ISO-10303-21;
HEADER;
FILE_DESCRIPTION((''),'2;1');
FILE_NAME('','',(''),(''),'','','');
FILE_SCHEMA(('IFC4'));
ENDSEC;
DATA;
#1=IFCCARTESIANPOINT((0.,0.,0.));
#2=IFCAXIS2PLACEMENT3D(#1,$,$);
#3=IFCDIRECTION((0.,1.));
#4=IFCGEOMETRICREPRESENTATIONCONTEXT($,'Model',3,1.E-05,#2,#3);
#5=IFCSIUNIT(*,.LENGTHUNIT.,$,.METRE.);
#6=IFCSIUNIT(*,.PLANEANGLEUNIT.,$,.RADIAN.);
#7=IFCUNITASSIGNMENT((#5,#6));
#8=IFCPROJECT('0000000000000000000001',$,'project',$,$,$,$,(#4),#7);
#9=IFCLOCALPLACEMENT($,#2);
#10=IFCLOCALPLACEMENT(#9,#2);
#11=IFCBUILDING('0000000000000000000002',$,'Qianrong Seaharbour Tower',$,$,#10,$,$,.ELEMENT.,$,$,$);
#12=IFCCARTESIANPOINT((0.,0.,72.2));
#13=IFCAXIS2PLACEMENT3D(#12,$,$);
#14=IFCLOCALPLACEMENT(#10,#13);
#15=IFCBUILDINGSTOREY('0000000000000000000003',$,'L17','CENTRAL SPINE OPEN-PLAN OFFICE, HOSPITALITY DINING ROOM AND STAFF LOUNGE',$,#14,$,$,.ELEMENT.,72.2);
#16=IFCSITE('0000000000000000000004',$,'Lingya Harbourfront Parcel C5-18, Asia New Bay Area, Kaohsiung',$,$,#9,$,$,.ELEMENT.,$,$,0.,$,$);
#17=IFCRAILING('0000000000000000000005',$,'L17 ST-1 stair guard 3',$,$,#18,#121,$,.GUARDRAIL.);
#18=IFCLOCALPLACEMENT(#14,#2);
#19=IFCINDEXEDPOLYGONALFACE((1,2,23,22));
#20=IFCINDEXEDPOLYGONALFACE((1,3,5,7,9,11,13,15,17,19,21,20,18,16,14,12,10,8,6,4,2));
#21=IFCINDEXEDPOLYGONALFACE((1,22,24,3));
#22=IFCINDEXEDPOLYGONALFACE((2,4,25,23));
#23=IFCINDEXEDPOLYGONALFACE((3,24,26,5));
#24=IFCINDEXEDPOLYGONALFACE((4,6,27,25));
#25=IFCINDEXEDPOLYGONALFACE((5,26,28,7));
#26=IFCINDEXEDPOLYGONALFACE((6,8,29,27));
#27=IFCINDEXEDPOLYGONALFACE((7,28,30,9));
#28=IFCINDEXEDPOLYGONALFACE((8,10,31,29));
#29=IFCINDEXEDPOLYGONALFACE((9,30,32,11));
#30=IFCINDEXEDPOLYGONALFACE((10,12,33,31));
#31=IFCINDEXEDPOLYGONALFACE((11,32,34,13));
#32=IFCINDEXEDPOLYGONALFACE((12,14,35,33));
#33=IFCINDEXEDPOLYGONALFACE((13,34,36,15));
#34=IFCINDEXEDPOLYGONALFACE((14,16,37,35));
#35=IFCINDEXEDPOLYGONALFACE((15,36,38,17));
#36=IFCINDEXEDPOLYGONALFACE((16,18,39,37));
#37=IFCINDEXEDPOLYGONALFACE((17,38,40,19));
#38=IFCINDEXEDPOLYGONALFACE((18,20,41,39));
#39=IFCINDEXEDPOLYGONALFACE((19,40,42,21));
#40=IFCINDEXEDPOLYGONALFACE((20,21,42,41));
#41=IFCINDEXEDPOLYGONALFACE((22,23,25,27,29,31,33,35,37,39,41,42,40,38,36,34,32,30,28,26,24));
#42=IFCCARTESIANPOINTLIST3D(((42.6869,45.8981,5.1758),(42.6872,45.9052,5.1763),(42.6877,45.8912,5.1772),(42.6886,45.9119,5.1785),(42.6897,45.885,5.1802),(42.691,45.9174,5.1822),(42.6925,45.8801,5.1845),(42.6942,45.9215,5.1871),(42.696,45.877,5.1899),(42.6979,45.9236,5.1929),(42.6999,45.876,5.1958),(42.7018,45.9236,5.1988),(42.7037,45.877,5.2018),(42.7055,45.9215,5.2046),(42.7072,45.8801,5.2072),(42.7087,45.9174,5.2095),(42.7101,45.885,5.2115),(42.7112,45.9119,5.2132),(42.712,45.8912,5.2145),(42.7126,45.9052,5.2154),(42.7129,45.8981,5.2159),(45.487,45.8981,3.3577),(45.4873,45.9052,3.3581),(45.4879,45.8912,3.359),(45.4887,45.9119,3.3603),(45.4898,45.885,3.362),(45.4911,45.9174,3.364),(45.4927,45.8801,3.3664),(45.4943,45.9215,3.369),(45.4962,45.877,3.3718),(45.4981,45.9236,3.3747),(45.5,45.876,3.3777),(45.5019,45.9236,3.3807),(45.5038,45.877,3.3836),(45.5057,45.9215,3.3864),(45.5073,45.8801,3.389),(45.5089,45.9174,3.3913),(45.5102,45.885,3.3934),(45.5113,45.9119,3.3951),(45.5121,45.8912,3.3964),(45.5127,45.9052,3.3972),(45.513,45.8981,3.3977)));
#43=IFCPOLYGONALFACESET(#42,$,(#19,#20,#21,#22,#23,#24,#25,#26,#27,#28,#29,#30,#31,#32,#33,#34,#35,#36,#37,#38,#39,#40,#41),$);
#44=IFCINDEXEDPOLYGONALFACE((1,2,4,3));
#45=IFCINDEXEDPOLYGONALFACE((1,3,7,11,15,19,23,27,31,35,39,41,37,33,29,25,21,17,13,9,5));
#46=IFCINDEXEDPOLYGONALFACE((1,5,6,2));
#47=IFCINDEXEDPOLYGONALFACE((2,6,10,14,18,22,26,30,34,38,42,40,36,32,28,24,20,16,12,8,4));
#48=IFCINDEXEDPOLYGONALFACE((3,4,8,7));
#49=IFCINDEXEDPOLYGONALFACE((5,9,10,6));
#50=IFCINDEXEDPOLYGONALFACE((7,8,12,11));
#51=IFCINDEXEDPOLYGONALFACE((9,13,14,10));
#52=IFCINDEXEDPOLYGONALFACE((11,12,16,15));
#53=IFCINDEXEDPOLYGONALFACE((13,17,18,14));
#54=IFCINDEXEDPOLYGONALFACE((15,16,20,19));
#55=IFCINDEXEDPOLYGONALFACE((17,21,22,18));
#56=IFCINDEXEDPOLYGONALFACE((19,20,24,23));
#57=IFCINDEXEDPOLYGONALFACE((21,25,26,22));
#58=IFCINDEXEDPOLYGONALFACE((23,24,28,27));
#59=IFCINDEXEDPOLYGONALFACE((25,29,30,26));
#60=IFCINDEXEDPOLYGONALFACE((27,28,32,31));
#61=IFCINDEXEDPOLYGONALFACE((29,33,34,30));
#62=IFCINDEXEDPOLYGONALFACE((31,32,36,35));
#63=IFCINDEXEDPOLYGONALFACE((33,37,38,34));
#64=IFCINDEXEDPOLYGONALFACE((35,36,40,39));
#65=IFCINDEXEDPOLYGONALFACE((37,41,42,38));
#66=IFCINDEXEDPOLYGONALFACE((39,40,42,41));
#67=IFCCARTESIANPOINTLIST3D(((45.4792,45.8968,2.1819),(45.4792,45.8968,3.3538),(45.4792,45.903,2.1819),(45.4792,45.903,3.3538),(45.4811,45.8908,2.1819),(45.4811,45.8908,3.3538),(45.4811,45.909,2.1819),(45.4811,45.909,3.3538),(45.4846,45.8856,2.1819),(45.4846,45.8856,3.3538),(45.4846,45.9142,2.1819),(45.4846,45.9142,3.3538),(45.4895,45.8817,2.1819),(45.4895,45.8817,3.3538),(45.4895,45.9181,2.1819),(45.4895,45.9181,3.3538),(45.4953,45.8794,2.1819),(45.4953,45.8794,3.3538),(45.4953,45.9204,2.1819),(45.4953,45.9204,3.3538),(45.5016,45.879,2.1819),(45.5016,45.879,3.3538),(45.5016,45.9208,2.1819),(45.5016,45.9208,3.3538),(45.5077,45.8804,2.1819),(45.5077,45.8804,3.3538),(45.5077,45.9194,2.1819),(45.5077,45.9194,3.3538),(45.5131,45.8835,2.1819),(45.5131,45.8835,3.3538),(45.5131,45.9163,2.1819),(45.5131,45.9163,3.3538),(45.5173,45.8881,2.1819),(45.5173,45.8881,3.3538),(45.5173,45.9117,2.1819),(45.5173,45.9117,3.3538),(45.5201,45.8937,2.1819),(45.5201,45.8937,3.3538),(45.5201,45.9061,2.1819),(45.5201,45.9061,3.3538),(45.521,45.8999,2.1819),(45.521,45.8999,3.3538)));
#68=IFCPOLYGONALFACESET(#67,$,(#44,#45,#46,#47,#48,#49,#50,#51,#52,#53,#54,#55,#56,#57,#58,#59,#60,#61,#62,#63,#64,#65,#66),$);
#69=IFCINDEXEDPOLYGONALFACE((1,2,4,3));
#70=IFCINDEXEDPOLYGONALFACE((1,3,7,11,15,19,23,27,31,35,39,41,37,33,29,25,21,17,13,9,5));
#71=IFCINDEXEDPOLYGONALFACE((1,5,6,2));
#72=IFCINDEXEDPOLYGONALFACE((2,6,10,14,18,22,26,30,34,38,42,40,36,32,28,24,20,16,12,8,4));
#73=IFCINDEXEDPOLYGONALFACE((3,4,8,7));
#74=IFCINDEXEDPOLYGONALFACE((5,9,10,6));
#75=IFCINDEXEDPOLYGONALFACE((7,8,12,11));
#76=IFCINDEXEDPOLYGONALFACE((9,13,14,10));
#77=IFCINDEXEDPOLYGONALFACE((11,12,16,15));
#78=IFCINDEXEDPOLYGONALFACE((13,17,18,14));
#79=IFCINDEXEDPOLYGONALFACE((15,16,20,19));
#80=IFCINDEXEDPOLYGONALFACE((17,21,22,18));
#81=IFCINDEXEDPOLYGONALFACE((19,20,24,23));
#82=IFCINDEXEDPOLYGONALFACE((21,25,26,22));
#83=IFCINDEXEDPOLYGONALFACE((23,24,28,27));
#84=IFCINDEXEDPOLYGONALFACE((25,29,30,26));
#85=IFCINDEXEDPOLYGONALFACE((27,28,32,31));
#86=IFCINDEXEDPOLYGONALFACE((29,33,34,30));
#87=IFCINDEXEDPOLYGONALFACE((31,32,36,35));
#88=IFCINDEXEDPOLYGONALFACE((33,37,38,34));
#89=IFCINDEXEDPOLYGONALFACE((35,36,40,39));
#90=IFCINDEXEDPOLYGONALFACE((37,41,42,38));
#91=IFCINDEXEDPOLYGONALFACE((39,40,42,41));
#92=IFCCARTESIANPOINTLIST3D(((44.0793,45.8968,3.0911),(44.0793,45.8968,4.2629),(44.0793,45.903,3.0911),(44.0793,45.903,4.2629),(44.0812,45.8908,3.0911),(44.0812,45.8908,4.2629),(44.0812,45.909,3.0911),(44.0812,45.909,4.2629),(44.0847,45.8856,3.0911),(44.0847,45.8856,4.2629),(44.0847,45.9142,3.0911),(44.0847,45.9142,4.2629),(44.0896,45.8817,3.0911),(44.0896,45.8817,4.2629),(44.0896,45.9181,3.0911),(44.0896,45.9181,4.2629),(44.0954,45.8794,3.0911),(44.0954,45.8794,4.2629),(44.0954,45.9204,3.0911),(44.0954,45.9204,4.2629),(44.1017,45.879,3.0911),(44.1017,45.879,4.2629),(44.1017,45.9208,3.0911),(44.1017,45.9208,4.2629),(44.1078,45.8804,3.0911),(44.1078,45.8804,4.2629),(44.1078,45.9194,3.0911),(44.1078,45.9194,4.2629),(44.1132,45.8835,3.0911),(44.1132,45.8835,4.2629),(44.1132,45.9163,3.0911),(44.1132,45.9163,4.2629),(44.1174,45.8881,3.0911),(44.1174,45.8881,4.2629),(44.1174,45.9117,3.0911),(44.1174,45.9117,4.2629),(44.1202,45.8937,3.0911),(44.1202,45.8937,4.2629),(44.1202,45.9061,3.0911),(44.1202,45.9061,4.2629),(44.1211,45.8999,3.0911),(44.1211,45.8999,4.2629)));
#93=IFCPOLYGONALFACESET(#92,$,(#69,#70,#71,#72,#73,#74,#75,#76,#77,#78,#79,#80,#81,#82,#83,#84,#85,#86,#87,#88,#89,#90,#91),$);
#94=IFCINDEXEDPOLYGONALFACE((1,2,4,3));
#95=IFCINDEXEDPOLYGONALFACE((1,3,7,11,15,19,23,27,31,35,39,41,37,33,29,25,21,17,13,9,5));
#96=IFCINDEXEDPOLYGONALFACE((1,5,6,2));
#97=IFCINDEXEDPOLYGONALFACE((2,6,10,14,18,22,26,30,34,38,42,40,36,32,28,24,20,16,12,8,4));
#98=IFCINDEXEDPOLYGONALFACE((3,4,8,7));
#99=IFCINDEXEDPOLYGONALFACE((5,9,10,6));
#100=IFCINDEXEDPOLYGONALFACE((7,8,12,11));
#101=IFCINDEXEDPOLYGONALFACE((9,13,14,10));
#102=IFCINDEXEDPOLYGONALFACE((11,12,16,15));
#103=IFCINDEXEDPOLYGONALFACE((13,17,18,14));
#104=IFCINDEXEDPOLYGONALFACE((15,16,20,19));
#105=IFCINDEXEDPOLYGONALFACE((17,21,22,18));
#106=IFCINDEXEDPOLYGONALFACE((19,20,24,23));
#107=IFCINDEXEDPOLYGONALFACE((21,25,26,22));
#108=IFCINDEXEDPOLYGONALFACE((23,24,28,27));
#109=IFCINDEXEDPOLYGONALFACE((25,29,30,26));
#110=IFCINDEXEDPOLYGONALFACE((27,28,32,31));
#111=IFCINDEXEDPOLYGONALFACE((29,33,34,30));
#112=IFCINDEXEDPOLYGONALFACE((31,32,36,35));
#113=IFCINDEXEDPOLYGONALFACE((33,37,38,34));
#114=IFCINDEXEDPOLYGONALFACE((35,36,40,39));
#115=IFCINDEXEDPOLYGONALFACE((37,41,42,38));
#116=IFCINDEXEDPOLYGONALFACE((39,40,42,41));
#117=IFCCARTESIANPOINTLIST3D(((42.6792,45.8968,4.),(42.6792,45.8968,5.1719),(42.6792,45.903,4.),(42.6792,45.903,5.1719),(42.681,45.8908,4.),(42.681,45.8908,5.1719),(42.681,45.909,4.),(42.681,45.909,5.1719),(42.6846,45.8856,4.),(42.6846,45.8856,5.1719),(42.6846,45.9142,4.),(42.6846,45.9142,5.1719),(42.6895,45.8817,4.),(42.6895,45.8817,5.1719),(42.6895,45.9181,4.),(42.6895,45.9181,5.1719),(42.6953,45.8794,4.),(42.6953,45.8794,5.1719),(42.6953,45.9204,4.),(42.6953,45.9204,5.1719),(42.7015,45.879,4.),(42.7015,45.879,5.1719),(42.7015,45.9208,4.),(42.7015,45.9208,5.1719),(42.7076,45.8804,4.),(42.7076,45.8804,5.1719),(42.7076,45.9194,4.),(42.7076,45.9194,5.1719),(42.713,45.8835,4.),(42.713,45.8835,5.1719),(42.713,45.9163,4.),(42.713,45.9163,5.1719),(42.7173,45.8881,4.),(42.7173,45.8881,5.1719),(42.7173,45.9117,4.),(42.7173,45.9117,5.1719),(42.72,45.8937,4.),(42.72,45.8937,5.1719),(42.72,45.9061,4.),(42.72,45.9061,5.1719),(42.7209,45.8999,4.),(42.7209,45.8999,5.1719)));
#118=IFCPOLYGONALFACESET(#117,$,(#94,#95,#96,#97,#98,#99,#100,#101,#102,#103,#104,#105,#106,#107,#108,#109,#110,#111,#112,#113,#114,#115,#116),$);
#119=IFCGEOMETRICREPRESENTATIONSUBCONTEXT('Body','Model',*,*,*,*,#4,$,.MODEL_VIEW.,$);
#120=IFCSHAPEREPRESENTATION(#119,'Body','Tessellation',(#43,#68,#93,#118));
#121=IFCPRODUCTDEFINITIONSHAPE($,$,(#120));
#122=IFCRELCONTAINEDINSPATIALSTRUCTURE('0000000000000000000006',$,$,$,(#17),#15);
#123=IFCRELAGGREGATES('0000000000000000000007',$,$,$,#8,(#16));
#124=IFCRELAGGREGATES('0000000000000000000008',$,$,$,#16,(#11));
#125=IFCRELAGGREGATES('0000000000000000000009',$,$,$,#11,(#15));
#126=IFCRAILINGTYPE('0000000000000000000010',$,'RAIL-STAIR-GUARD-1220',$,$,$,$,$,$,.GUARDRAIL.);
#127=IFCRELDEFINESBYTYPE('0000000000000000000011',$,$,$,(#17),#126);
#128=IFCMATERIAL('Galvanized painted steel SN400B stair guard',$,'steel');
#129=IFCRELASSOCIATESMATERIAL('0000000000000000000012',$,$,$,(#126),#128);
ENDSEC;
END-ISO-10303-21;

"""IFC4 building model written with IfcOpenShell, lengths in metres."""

from ifc_helpers import new_model, si_unit, direction, frame, origin, origin_2d, place, context, subcontext, project, spatial, circle, extrude, material, type_object, element, save


model = new_model("IFC4")

# Units and contexts
model_context = context("Model", 3, precision=1e-05, world=origin(), true_north=direction((0.0, 1.0)))
body_context = subcontext(model_context, "Body", "Model", "MODEL_VIEW")
ifc_project = project(units=[si_unit("LENGTHUNIT", "METRE"), si_unit("PLANEANGLEUNIT", "RADIAN")], contexts=[model_context])

# Site, building, storey
site_placement = place(None, origin())
site = spatial("IfcSite", under=ifc_project, at=site_placement, Name="Lingya Harbourfront Parcel C5-18, Asia New Bay Area, Kaohsiung", CompositionType="ELEMENT", RefElevation=0.0)
building_placement = place(site_placement, origin())
building = spatial("IfcBuilding", under=site, at=building_placement, Name="Qianrong Seaharbour Tower", CompositionType="ELEMENT")
storey_placement = place(building_placement, frame((0.0, 0.0, 72.2)))
storey = spatial("IfcBuildingStorey", under=building, at=storey_placement, Name="L17", Description="CENTRAL SPINE OPEN-PLAN OFFICE, HOSPITALITY DINING ROOM AND STAFF LOUNGE", CompositionType="ELEMENT", Elevation=72.2)

# Railing
ifc_material_1 = material(Name="Galvanized painted steel SN400B stair guard", Category="steel")
railing_type_1 = type_object("IfcRailingType", Name="RAIL-STAIR-GUARD-1220", PredefinedType="GUARDRAIL", material=ifc_material_1)
railing_1_placement = place(storey_placement, frame((45.5, 45.8999, 2.1819)))
element("IfcRailing", 1, at=railing_1_placement, inside=storey, type_object=railing_type_1, Name="L17 ST-1 stair guard 3", PredefinedType="GUARDRAIL", context=body_context, shape_type="SweptSolid", body=[
    extrude(circle(Radius=0.0239, at=origin_2d()), frame((0.0, 0.0, 1.1958), z_axis=(-0.838706, 0.0, 0.544585), x_axis=(0.0, -1.0, 0.0)), (0.0, 0.0, 1.0), 3.3386),
    extrude(circle(Radius=0.021, at=origin_2d()), origin(), (0.0, 0.0, 1.0), 1.1719),
    extrude(circle(Radius=0.021, at=origin_2d()), frame((-1.3999, 0.0, 0.9092)), (0.0, 0.0, 1.0), 1.1719),
    extrude(circle(Radius=0.021, at=origin_2d()), frame((-2.8, 0.0, 1.8181)), (0.0, 0.0, 1.0), 1.1719),
])

save(model, "model.ifc")
